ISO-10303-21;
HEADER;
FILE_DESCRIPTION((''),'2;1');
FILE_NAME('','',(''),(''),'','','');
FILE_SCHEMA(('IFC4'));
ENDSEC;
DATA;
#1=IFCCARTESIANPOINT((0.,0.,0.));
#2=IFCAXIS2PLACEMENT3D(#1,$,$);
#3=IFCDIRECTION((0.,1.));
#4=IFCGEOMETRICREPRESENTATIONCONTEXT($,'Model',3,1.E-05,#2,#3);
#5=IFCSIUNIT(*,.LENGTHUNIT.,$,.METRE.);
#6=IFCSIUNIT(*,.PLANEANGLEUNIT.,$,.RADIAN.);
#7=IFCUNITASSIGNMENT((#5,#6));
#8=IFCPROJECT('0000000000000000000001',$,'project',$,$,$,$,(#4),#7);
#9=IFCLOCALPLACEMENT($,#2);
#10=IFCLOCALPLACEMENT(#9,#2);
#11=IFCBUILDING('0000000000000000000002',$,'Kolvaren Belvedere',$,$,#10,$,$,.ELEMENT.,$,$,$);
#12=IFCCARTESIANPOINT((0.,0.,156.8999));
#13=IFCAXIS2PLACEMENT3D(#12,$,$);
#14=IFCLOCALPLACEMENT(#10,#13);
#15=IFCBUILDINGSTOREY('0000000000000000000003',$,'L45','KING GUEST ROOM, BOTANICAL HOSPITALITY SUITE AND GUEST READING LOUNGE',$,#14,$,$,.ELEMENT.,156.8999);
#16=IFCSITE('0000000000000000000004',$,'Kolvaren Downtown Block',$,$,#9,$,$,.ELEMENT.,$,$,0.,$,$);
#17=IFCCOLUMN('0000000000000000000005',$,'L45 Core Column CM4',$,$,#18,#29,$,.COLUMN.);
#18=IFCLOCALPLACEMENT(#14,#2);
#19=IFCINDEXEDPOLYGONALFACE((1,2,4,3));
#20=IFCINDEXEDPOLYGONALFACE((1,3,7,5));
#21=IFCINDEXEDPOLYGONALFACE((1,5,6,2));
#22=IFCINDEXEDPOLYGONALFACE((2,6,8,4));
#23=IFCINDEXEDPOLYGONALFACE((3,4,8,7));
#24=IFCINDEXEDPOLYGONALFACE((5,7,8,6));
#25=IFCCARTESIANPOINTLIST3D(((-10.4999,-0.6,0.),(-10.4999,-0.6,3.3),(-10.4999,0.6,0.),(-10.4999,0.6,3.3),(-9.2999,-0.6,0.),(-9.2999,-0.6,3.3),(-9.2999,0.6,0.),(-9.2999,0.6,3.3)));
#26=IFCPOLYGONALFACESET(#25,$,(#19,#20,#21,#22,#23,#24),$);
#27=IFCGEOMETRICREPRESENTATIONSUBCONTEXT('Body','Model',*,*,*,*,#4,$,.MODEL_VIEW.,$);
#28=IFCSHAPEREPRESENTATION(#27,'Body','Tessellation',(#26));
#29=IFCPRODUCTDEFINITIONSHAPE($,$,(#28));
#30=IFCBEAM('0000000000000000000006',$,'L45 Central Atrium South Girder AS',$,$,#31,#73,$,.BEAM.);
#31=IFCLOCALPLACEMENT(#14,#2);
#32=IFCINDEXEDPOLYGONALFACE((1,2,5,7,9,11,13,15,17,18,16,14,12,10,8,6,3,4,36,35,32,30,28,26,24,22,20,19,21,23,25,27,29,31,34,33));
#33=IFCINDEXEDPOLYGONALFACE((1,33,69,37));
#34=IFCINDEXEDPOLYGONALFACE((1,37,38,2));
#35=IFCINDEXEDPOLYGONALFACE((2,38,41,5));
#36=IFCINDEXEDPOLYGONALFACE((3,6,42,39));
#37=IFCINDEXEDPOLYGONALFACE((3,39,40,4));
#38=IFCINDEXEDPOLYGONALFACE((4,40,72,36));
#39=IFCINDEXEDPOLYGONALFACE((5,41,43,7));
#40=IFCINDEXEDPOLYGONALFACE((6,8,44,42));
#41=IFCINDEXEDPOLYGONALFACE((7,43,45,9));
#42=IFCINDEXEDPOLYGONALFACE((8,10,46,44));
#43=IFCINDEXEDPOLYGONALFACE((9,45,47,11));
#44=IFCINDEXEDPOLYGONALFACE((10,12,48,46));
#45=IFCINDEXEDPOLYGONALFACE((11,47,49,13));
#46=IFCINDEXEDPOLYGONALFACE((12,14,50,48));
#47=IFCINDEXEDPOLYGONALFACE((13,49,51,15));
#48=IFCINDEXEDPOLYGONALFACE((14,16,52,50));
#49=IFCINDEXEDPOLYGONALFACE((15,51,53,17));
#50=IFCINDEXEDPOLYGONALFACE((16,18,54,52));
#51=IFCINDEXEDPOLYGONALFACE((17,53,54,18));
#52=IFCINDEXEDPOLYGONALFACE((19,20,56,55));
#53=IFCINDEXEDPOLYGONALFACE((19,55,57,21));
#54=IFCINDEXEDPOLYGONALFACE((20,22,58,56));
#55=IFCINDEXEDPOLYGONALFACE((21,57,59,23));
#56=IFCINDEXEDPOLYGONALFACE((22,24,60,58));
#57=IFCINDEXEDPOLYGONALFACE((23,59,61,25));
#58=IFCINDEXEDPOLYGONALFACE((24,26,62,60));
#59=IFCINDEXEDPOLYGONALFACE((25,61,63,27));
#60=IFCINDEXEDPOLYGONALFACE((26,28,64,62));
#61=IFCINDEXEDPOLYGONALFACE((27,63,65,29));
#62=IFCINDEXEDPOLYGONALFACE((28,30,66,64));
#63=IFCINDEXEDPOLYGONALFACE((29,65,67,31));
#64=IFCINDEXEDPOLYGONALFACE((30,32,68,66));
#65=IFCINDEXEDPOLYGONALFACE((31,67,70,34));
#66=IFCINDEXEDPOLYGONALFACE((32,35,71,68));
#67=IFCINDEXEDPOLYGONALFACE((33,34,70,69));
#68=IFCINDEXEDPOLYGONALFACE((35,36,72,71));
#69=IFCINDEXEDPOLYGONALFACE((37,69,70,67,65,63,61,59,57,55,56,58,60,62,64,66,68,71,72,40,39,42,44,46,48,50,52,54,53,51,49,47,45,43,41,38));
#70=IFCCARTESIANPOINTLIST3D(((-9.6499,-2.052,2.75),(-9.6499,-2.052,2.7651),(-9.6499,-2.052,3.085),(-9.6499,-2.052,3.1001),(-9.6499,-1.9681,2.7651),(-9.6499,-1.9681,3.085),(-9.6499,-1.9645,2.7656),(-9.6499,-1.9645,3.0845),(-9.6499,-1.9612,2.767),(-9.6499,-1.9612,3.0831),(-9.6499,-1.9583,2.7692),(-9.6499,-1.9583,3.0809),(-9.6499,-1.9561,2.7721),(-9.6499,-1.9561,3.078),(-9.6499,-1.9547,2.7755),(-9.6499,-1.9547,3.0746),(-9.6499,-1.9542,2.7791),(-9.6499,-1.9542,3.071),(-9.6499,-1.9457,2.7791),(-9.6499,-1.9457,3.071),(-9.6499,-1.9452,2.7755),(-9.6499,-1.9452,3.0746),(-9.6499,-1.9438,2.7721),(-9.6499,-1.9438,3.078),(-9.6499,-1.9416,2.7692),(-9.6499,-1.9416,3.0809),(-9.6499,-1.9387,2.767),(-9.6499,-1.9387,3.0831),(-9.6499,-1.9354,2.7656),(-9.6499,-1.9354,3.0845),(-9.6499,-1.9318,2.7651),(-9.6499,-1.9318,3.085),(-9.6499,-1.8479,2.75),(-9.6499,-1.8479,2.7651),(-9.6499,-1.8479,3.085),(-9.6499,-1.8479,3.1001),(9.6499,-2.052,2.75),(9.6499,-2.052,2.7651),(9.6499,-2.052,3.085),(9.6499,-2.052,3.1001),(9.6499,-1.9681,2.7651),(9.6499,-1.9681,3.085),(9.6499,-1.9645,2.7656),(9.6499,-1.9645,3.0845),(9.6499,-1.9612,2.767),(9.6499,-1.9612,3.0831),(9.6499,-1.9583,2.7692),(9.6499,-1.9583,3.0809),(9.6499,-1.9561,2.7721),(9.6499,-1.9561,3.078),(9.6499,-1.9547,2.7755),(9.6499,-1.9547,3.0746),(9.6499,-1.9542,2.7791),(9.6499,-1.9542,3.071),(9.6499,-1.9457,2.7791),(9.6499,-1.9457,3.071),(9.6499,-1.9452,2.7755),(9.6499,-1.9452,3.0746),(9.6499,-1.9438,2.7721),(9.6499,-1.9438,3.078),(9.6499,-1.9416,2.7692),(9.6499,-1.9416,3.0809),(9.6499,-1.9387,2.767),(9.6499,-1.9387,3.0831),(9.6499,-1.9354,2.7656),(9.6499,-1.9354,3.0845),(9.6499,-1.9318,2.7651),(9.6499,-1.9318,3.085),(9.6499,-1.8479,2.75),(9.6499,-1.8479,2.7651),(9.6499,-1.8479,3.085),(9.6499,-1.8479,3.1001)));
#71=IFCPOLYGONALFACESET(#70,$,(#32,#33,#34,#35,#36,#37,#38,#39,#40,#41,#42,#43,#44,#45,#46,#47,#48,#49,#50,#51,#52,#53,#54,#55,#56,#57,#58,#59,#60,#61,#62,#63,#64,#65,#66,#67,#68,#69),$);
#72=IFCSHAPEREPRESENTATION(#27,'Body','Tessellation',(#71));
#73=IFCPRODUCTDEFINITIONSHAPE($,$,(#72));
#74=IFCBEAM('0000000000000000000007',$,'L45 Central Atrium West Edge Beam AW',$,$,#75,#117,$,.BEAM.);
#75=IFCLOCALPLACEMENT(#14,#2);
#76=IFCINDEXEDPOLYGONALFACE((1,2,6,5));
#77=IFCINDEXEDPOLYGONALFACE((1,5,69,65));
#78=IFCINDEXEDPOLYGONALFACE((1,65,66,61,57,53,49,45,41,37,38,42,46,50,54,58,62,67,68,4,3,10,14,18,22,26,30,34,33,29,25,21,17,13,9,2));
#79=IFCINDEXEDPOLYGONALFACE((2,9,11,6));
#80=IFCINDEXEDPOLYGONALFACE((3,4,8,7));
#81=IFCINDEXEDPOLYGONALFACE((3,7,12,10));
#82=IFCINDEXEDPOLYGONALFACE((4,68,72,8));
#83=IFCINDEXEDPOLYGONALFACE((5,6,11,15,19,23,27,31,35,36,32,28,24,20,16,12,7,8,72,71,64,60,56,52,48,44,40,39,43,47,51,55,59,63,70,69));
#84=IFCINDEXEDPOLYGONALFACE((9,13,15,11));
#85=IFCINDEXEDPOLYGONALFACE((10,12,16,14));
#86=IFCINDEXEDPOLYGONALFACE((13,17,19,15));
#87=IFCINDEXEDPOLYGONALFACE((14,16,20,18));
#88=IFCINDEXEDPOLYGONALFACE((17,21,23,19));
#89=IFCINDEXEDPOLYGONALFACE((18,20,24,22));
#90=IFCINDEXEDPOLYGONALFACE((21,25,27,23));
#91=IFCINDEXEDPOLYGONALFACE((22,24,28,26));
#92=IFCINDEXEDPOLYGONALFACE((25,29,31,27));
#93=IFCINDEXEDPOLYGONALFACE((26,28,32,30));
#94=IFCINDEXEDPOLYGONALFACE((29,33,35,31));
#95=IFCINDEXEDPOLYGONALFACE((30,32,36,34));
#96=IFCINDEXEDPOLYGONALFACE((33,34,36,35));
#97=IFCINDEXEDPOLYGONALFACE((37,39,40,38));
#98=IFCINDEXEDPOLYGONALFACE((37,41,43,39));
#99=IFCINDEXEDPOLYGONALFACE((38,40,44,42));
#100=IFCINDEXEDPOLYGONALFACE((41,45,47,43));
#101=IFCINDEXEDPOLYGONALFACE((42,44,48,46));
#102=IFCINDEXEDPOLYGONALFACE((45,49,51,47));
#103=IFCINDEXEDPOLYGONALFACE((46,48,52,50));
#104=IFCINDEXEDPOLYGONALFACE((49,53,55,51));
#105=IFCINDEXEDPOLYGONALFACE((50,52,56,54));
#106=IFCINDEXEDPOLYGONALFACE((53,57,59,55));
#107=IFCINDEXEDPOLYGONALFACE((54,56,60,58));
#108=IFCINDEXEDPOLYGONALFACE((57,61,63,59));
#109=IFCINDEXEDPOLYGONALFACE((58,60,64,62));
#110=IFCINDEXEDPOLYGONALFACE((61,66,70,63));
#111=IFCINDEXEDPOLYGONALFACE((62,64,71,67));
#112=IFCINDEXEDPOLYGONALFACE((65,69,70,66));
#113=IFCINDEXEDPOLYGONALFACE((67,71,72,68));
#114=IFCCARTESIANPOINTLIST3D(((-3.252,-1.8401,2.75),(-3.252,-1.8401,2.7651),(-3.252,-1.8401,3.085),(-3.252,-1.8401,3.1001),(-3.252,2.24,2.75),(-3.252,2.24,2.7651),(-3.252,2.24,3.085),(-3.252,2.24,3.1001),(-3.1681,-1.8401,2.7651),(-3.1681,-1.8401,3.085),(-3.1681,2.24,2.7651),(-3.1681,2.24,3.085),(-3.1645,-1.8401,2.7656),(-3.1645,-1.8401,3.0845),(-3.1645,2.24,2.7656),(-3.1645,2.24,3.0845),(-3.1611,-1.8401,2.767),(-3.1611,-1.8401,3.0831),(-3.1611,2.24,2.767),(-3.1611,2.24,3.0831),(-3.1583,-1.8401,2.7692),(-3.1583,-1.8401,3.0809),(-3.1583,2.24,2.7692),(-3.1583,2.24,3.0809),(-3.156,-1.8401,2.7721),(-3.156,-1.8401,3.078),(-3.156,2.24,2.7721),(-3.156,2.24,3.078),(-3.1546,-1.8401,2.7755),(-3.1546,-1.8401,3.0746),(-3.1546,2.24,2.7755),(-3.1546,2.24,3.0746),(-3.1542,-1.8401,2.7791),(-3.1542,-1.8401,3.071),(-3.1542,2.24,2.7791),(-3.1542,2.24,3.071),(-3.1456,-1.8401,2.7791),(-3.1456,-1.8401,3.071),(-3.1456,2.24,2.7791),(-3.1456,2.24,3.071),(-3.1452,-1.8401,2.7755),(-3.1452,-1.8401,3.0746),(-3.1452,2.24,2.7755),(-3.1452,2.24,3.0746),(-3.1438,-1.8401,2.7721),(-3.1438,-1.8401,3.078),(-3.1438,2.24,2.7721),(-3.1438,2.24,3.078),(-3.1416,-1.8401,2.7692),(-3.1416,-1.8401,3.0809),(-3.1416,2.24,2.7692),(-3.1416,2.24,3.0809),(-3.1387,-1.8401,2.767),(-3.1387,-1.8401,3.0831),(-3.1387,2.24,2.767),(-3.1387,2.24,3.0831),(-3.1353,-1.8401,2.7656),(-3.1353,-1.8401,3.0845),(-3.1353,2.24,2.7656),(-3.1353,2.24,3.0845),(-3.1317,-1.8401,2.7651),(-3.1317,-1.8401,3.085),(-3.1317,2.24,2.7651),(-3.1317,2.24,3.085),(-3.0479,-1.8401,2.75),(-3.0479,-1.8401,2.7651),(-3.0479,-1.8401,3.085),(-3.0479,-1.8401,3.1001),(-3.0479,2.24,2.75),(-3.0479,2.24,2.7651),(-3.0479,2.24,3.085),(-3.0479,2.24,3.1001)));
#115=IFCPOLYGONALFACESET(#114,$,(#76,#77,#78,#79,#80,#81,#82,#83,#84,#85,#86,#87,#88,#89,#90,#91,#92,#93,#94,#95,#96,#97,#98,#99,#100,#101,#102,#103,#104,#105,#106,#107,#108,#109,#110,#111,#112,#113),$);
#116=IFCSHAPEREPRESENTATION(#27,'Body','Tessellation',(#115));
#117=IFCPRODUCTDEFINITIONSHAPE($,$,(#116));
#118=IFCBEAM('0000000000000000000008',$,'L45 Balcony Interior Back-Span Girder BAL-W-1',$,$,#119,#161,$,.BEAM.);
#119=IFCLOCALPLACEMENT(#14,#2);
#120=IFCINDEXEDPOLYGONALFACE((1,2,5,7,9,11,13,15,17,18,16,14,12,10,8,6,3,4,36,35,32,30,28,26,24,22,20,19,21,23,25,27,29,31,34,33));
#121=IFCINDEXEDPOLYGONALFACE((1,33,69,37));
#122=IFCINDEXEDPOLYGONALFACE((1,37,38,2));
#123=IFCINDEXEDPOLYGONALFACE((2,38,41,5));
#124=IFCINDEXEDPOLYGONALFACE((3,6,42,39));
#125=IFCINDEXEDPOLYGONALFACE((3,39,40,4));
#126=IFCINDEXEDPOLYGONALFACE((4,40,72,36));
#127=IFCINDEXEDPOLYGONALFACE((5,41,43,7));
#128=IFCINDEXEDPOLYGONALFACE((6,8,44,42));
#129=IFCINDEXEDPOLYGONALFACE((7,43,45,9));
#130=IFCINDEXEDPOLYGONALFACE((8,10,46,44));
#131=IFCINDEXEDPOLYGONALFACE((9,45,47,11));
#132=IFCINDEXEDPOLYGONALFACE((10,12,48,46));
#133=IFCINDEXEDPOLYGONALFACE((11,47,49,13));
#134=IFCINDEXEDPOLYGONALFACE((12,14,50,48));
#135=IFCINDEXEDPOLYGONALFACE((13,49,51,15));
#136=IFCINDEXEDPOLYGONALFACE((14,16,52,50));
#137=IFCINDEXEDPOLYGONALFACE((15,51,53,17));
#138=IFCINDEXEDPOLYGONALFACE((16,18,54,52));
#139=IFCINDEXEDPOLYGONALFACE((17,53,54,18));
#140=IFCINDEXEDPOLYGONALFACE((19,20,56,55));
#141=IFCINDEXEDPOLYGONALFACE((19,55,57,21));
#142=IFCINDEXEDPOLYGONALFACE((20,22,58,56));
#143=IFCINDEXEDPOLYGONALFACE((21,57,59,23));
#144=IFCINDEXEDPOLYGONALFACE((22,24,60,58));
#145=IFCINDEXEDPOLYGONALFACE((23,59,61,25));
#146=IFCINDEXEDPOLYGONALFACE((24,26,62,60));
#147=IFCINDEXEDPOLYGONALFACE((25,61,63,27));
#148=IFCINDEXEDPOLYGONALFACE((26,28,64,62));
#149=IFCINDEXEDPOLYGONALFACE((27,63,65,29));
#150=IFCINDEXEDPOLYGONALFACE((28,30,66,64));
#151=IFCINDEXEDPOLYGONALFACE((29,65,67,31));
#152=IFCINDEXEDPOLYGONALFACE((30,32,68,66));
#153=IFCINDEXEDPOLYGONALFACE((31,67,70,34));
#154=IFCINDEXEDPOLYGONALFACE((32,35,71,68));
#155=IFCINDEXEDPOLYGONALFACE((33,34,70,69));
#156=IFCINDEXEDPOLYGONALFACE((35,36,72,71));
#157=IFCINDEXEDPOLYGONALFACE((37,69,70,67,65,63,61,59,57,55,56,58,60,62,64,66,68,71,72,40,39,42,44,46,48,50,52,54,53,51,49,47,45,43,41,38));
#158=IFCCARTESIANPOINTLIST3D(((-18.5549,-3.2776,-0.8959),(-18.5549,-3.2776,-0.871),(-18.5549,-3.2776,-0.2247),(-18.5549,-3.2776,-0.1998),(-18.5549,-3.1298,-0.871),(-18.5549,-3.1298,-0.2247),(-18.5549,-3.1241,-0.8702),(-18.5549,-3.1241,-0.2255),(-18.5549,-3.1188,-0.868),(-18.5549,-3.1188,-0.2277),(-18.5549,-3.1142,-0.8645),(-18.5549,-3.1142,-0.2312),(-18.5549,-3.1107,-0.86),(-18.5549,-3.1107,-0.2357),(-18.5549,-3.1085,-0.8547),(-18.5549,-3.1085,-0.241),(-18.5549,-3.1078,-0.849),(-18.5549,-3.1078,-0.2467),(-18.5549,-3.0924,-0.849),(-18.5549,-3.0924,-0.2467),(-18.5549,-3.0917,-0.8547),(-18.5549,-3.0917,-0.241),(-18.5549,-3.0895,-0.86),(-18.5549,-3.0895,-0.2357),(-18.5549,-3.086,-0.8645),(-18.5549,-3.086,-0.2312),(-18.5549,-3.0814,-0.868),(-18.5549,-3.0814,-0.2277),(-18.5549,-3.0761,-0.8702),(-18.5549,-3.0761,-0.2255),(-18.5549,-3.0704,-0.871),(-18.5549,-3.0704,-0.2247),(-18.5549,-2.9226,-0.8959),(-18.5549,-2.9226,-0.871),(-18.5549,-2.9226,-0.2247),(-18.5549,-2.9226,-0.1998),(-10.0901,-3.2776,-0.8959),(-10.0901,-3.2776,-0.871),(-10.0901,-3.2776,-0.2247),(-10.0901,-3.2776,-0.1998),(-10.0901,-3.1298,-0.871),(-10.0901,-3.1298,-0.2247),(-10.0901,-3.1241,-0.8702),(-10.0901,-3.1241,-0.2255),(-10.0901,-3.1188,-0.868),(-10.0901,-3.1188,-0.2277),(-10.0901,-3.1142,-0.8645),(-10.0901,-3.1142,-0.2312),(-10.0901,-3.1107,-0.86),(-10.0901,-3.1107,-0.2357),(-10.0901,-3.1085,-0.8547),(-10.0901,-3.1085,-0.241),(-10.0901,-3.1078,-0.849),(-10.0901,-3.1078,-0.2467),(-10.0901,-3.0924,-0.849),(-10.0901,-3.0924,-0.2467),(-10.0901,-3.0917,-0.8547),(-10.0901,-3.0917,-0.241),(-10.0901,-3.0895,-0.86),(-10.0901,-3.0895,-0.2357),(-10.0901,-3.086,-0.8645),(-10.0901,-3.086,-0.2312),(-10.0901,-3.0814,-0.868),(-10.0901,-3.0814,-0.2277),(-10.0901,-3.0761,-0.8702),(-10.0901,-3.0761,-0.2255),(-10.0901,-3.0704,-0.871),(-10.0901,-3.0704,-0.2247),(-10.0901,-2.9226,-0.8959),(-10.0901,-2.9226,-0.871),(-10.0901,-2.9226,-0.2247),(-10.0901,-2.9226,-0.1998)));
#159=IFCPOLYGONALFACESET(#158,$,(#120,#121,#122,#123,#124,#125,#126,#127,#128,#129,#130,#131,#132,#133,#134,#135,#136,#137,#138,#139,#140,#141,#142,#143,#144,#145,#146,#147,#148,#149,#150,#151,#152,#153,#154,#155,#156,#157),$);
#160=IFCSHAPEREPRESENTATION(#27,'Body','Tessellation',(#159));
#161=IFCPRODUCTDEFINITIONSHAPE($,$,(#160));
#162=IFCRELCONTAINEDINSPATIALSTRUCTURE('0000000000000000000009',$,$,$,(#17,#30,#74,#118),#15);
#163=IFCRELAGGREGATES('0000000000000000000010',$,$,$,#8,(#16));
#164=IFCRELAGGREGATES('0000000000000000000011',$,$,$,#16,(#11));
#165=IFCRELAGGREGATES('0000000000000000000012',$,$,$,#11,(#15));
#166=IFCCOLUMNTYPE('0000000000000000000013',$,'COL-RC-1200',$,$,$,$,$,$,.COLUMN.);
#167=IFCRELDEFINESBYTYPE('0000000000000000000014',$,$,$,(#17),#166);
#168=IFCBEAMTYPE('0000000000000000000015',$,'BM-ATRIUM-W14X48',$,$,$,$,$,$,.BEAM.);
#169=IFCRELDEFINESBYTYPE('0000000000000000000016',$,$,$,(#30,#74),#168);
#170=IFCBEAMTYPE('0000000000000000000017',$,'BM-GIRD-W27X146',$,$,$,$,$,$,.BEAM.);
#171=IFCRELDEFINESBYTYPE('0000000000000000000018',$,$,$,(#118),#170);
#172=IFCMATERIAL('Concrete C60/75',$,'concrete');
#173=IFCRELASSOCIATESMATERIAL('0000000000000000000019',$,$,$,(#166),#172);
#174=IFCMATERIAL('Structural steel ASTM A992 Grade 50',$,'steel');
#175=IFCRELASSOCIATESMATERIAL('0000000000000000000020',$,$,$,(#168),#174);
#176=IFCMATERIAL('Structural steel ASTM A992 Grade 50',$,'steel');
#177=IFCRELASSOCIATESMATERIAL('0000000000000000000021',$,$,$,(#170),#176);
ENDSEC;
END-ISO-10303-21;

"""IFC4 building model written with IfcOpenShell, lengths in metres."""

from ifc_helpers import new_model, si_unit, direction, frame, origin, origin_2d, place, context, subcontext, project, spatial, rectangle, i_section, extrude, material, material_profile, profile_set, type_object, element, save


model = new_model("IFC4")

# Units and contexts
model_context = context("Model", 3, precision=1e-05, world=origin(), true_north=direction((0.0, 1.0)))
body_context = subcontext(model_context, "Body", "Model", "MODEL_VIEW")
ifc_project = project(units=[si_unit("LENGTHUNIT", "METRE"), si_unit("PLANEANGLEUNIT", "RADIAN")], contexts=[model_context])

# Site, building, storey
site_placement = place(None, origin())
site = spatial("IfcSite", under=ifc_project, at=site_placement, Name="Kolvaren Downtown Block", CompositionType="ELEMENT", RefElevation=0.0)
building_placement = place(site_placement, origin())
building = spatial("IfcBuilding", under=site, at=building_placement, Name="Kolvaren Belvedere", CompositionType="ELEMENT")
storey_placement = place(building_placement, frame((0.0, 0.0, 156.8999)))
storey = spatial("IfcBuildingStorey", under=building, at=storey_placement, Name="L45", Description="KING GUEST ROOM, BOTANICAL HOSPITALITY SUITE AND GUEST READING LOUNGE", CompositionType="ELEMENT", Elevation=156.8999)

# Column
ifc_material_1 = material(Name="Concrete C60/75", Category="concrete")
ifc_material_profile_1 = material_profile(ifc_material_1, rectangle(XDim=1.2, YDim=1.2, at=origin_2d()), Name="RC 1200X1200")
ifc_profile_set_1 = profile_set([ifc_material_profile_1], Name="Concrete C60/75")
column_type = type_object("IfcColumnType", Name="COL-RC-1200", PredefinedType="COLUMN", material=ifc_profile_set_1)
column_placement = place(storey_placement, frame((-9.8999, 0.0, 0.0), z_axis=(0.0, 0.0, 1.0), x_axis=(1.0, 0.0, 0.0)))
element("IfcColumn", 1, at=column_placement, inside=storey, type_object=column_type, Name="L45 Core Column CM4", PredefinedType="COLUMN", context=body_context, shape_type="SweptSolid", body=[
    extrude(rectangle(XDim=1.2, YDim=1.2, at=origin_2d()), origin(), (0.0, 0.0, 1.0), 3.3),
])

# Beams
ifc_material_2 = material(Name="Structural steel ASTM A992 Grade 50", Category="steel")
ifc_material_profile_2 = material_profile(ifc_material_2, i_section(OverallWidth=0.2041, OverallDepth=0.3501, WebThickness=0.0085, FlangeThickness=0.0151, FilletRadius=0.0139, at=origin_2d()), Name="W14X48")
ifc_profile_set_2 = profile_set([ifc_material_profile_2], Name="Structural steel ASTM A992 Grade 50")
beam_type_1 = type_object("IfcBeamType", Name="BM-ATRIUM-W14X48", PredefinedType="BEAM", material=ifc_profile_set_2)
beam_1_placement = place(storey_placement, frame((-9.6499, -1.95, 2.925), z_axis=(1.0, 0.0, 0.0), x_axis=(0.0, 1.0, 0.0)))
element("IfcBeam", 2, at=beam_1_placement, inside=storey, type_object=beam_type_1, Name="L45 Central Atrium South Girder AS", PredefinedType="BEAM", context=body_context, shape_type="SweptSolid", body=[
    extrude(i_section(OverallWidth=0.2041, OverallDepth=0.3501, WebThickness=0.0085, FlangeThickness=0.0151, FilletRadius=0.0139, at=origin_2d()), origin(), (0.0, 0.0, 1.0), 19.2998),
])
beam_2_placement = place(storey_placement, frame((-3.1499, -1.8401, 2.925), z_axis=(0.0, 1.0, 0.0), x_axis=(-1.0, 0.0, 0.0)))
element("IfcBeam", 3, at=beam_2_placement, inside=storey, type_object=beam_type_1, Name="L45 Central Atrium West Edge Beam AW", PredefinedType="BEAM", context=body_context, shape_type="SweptSolid", body=[
    extrude(i_section(OverallWidth=0.2041, OverallDepth=0.3501, WebThickness=0.0085, FlangeThickness=0.0151, FilletRadius=0.0139, at=origin_2d()), origin(), (0.0, 0.0, 1.0), 4.0801),
])
ifc_material_3 = material(Name="Structural steel ASTM A992 Grade 50", Category="steel")
ifc_material_profile_3 = material_profile(ifc_material_3, i_section(OverallWidth=0.355, OverallDepth=0.696, WebThickness=0.0154, FlangeThickness=0.0249, FilletRadius=0.022, at=origin_2d()), Name="W27X146")
ifc_profile_set_3 = profile_set([ifc_material_profile_3], Name="Structural steel ASTM A992 Grade 50")
beam_type_2 = type_object("IfcBeamType", Name="BM-GIRD-W27X146", PredefinedType="BEAM", material=ifc_profile_set_3)
beam_3_placement = place(storey_placement, frame((-10.0901, -3.1001, -0.5479), z_axis=(-1.0, 0.0, 0.0), x_axis=(0.0, -1.0, 0.0)))
element("IfcBeam", 4, at=beam_3_placement, inside=storey, type_object=beam_type_2, Name="L45 Balcony Interior Back-Span Girder BAL-W-1", PredefinedType="BEAM", context=body_context, shape_type="SweptSolid", body=[
    extrude(i_section(OverallWidth=0.355, OverallDepth=0.696, WebThickness=0.0154, FlangeThickness=0.0249, FilletRadius=0.022, at=origin_2d()), origin(), (0.0, 0.0, 1.0), 8.4648),
])

save(model, "model.ifc")
